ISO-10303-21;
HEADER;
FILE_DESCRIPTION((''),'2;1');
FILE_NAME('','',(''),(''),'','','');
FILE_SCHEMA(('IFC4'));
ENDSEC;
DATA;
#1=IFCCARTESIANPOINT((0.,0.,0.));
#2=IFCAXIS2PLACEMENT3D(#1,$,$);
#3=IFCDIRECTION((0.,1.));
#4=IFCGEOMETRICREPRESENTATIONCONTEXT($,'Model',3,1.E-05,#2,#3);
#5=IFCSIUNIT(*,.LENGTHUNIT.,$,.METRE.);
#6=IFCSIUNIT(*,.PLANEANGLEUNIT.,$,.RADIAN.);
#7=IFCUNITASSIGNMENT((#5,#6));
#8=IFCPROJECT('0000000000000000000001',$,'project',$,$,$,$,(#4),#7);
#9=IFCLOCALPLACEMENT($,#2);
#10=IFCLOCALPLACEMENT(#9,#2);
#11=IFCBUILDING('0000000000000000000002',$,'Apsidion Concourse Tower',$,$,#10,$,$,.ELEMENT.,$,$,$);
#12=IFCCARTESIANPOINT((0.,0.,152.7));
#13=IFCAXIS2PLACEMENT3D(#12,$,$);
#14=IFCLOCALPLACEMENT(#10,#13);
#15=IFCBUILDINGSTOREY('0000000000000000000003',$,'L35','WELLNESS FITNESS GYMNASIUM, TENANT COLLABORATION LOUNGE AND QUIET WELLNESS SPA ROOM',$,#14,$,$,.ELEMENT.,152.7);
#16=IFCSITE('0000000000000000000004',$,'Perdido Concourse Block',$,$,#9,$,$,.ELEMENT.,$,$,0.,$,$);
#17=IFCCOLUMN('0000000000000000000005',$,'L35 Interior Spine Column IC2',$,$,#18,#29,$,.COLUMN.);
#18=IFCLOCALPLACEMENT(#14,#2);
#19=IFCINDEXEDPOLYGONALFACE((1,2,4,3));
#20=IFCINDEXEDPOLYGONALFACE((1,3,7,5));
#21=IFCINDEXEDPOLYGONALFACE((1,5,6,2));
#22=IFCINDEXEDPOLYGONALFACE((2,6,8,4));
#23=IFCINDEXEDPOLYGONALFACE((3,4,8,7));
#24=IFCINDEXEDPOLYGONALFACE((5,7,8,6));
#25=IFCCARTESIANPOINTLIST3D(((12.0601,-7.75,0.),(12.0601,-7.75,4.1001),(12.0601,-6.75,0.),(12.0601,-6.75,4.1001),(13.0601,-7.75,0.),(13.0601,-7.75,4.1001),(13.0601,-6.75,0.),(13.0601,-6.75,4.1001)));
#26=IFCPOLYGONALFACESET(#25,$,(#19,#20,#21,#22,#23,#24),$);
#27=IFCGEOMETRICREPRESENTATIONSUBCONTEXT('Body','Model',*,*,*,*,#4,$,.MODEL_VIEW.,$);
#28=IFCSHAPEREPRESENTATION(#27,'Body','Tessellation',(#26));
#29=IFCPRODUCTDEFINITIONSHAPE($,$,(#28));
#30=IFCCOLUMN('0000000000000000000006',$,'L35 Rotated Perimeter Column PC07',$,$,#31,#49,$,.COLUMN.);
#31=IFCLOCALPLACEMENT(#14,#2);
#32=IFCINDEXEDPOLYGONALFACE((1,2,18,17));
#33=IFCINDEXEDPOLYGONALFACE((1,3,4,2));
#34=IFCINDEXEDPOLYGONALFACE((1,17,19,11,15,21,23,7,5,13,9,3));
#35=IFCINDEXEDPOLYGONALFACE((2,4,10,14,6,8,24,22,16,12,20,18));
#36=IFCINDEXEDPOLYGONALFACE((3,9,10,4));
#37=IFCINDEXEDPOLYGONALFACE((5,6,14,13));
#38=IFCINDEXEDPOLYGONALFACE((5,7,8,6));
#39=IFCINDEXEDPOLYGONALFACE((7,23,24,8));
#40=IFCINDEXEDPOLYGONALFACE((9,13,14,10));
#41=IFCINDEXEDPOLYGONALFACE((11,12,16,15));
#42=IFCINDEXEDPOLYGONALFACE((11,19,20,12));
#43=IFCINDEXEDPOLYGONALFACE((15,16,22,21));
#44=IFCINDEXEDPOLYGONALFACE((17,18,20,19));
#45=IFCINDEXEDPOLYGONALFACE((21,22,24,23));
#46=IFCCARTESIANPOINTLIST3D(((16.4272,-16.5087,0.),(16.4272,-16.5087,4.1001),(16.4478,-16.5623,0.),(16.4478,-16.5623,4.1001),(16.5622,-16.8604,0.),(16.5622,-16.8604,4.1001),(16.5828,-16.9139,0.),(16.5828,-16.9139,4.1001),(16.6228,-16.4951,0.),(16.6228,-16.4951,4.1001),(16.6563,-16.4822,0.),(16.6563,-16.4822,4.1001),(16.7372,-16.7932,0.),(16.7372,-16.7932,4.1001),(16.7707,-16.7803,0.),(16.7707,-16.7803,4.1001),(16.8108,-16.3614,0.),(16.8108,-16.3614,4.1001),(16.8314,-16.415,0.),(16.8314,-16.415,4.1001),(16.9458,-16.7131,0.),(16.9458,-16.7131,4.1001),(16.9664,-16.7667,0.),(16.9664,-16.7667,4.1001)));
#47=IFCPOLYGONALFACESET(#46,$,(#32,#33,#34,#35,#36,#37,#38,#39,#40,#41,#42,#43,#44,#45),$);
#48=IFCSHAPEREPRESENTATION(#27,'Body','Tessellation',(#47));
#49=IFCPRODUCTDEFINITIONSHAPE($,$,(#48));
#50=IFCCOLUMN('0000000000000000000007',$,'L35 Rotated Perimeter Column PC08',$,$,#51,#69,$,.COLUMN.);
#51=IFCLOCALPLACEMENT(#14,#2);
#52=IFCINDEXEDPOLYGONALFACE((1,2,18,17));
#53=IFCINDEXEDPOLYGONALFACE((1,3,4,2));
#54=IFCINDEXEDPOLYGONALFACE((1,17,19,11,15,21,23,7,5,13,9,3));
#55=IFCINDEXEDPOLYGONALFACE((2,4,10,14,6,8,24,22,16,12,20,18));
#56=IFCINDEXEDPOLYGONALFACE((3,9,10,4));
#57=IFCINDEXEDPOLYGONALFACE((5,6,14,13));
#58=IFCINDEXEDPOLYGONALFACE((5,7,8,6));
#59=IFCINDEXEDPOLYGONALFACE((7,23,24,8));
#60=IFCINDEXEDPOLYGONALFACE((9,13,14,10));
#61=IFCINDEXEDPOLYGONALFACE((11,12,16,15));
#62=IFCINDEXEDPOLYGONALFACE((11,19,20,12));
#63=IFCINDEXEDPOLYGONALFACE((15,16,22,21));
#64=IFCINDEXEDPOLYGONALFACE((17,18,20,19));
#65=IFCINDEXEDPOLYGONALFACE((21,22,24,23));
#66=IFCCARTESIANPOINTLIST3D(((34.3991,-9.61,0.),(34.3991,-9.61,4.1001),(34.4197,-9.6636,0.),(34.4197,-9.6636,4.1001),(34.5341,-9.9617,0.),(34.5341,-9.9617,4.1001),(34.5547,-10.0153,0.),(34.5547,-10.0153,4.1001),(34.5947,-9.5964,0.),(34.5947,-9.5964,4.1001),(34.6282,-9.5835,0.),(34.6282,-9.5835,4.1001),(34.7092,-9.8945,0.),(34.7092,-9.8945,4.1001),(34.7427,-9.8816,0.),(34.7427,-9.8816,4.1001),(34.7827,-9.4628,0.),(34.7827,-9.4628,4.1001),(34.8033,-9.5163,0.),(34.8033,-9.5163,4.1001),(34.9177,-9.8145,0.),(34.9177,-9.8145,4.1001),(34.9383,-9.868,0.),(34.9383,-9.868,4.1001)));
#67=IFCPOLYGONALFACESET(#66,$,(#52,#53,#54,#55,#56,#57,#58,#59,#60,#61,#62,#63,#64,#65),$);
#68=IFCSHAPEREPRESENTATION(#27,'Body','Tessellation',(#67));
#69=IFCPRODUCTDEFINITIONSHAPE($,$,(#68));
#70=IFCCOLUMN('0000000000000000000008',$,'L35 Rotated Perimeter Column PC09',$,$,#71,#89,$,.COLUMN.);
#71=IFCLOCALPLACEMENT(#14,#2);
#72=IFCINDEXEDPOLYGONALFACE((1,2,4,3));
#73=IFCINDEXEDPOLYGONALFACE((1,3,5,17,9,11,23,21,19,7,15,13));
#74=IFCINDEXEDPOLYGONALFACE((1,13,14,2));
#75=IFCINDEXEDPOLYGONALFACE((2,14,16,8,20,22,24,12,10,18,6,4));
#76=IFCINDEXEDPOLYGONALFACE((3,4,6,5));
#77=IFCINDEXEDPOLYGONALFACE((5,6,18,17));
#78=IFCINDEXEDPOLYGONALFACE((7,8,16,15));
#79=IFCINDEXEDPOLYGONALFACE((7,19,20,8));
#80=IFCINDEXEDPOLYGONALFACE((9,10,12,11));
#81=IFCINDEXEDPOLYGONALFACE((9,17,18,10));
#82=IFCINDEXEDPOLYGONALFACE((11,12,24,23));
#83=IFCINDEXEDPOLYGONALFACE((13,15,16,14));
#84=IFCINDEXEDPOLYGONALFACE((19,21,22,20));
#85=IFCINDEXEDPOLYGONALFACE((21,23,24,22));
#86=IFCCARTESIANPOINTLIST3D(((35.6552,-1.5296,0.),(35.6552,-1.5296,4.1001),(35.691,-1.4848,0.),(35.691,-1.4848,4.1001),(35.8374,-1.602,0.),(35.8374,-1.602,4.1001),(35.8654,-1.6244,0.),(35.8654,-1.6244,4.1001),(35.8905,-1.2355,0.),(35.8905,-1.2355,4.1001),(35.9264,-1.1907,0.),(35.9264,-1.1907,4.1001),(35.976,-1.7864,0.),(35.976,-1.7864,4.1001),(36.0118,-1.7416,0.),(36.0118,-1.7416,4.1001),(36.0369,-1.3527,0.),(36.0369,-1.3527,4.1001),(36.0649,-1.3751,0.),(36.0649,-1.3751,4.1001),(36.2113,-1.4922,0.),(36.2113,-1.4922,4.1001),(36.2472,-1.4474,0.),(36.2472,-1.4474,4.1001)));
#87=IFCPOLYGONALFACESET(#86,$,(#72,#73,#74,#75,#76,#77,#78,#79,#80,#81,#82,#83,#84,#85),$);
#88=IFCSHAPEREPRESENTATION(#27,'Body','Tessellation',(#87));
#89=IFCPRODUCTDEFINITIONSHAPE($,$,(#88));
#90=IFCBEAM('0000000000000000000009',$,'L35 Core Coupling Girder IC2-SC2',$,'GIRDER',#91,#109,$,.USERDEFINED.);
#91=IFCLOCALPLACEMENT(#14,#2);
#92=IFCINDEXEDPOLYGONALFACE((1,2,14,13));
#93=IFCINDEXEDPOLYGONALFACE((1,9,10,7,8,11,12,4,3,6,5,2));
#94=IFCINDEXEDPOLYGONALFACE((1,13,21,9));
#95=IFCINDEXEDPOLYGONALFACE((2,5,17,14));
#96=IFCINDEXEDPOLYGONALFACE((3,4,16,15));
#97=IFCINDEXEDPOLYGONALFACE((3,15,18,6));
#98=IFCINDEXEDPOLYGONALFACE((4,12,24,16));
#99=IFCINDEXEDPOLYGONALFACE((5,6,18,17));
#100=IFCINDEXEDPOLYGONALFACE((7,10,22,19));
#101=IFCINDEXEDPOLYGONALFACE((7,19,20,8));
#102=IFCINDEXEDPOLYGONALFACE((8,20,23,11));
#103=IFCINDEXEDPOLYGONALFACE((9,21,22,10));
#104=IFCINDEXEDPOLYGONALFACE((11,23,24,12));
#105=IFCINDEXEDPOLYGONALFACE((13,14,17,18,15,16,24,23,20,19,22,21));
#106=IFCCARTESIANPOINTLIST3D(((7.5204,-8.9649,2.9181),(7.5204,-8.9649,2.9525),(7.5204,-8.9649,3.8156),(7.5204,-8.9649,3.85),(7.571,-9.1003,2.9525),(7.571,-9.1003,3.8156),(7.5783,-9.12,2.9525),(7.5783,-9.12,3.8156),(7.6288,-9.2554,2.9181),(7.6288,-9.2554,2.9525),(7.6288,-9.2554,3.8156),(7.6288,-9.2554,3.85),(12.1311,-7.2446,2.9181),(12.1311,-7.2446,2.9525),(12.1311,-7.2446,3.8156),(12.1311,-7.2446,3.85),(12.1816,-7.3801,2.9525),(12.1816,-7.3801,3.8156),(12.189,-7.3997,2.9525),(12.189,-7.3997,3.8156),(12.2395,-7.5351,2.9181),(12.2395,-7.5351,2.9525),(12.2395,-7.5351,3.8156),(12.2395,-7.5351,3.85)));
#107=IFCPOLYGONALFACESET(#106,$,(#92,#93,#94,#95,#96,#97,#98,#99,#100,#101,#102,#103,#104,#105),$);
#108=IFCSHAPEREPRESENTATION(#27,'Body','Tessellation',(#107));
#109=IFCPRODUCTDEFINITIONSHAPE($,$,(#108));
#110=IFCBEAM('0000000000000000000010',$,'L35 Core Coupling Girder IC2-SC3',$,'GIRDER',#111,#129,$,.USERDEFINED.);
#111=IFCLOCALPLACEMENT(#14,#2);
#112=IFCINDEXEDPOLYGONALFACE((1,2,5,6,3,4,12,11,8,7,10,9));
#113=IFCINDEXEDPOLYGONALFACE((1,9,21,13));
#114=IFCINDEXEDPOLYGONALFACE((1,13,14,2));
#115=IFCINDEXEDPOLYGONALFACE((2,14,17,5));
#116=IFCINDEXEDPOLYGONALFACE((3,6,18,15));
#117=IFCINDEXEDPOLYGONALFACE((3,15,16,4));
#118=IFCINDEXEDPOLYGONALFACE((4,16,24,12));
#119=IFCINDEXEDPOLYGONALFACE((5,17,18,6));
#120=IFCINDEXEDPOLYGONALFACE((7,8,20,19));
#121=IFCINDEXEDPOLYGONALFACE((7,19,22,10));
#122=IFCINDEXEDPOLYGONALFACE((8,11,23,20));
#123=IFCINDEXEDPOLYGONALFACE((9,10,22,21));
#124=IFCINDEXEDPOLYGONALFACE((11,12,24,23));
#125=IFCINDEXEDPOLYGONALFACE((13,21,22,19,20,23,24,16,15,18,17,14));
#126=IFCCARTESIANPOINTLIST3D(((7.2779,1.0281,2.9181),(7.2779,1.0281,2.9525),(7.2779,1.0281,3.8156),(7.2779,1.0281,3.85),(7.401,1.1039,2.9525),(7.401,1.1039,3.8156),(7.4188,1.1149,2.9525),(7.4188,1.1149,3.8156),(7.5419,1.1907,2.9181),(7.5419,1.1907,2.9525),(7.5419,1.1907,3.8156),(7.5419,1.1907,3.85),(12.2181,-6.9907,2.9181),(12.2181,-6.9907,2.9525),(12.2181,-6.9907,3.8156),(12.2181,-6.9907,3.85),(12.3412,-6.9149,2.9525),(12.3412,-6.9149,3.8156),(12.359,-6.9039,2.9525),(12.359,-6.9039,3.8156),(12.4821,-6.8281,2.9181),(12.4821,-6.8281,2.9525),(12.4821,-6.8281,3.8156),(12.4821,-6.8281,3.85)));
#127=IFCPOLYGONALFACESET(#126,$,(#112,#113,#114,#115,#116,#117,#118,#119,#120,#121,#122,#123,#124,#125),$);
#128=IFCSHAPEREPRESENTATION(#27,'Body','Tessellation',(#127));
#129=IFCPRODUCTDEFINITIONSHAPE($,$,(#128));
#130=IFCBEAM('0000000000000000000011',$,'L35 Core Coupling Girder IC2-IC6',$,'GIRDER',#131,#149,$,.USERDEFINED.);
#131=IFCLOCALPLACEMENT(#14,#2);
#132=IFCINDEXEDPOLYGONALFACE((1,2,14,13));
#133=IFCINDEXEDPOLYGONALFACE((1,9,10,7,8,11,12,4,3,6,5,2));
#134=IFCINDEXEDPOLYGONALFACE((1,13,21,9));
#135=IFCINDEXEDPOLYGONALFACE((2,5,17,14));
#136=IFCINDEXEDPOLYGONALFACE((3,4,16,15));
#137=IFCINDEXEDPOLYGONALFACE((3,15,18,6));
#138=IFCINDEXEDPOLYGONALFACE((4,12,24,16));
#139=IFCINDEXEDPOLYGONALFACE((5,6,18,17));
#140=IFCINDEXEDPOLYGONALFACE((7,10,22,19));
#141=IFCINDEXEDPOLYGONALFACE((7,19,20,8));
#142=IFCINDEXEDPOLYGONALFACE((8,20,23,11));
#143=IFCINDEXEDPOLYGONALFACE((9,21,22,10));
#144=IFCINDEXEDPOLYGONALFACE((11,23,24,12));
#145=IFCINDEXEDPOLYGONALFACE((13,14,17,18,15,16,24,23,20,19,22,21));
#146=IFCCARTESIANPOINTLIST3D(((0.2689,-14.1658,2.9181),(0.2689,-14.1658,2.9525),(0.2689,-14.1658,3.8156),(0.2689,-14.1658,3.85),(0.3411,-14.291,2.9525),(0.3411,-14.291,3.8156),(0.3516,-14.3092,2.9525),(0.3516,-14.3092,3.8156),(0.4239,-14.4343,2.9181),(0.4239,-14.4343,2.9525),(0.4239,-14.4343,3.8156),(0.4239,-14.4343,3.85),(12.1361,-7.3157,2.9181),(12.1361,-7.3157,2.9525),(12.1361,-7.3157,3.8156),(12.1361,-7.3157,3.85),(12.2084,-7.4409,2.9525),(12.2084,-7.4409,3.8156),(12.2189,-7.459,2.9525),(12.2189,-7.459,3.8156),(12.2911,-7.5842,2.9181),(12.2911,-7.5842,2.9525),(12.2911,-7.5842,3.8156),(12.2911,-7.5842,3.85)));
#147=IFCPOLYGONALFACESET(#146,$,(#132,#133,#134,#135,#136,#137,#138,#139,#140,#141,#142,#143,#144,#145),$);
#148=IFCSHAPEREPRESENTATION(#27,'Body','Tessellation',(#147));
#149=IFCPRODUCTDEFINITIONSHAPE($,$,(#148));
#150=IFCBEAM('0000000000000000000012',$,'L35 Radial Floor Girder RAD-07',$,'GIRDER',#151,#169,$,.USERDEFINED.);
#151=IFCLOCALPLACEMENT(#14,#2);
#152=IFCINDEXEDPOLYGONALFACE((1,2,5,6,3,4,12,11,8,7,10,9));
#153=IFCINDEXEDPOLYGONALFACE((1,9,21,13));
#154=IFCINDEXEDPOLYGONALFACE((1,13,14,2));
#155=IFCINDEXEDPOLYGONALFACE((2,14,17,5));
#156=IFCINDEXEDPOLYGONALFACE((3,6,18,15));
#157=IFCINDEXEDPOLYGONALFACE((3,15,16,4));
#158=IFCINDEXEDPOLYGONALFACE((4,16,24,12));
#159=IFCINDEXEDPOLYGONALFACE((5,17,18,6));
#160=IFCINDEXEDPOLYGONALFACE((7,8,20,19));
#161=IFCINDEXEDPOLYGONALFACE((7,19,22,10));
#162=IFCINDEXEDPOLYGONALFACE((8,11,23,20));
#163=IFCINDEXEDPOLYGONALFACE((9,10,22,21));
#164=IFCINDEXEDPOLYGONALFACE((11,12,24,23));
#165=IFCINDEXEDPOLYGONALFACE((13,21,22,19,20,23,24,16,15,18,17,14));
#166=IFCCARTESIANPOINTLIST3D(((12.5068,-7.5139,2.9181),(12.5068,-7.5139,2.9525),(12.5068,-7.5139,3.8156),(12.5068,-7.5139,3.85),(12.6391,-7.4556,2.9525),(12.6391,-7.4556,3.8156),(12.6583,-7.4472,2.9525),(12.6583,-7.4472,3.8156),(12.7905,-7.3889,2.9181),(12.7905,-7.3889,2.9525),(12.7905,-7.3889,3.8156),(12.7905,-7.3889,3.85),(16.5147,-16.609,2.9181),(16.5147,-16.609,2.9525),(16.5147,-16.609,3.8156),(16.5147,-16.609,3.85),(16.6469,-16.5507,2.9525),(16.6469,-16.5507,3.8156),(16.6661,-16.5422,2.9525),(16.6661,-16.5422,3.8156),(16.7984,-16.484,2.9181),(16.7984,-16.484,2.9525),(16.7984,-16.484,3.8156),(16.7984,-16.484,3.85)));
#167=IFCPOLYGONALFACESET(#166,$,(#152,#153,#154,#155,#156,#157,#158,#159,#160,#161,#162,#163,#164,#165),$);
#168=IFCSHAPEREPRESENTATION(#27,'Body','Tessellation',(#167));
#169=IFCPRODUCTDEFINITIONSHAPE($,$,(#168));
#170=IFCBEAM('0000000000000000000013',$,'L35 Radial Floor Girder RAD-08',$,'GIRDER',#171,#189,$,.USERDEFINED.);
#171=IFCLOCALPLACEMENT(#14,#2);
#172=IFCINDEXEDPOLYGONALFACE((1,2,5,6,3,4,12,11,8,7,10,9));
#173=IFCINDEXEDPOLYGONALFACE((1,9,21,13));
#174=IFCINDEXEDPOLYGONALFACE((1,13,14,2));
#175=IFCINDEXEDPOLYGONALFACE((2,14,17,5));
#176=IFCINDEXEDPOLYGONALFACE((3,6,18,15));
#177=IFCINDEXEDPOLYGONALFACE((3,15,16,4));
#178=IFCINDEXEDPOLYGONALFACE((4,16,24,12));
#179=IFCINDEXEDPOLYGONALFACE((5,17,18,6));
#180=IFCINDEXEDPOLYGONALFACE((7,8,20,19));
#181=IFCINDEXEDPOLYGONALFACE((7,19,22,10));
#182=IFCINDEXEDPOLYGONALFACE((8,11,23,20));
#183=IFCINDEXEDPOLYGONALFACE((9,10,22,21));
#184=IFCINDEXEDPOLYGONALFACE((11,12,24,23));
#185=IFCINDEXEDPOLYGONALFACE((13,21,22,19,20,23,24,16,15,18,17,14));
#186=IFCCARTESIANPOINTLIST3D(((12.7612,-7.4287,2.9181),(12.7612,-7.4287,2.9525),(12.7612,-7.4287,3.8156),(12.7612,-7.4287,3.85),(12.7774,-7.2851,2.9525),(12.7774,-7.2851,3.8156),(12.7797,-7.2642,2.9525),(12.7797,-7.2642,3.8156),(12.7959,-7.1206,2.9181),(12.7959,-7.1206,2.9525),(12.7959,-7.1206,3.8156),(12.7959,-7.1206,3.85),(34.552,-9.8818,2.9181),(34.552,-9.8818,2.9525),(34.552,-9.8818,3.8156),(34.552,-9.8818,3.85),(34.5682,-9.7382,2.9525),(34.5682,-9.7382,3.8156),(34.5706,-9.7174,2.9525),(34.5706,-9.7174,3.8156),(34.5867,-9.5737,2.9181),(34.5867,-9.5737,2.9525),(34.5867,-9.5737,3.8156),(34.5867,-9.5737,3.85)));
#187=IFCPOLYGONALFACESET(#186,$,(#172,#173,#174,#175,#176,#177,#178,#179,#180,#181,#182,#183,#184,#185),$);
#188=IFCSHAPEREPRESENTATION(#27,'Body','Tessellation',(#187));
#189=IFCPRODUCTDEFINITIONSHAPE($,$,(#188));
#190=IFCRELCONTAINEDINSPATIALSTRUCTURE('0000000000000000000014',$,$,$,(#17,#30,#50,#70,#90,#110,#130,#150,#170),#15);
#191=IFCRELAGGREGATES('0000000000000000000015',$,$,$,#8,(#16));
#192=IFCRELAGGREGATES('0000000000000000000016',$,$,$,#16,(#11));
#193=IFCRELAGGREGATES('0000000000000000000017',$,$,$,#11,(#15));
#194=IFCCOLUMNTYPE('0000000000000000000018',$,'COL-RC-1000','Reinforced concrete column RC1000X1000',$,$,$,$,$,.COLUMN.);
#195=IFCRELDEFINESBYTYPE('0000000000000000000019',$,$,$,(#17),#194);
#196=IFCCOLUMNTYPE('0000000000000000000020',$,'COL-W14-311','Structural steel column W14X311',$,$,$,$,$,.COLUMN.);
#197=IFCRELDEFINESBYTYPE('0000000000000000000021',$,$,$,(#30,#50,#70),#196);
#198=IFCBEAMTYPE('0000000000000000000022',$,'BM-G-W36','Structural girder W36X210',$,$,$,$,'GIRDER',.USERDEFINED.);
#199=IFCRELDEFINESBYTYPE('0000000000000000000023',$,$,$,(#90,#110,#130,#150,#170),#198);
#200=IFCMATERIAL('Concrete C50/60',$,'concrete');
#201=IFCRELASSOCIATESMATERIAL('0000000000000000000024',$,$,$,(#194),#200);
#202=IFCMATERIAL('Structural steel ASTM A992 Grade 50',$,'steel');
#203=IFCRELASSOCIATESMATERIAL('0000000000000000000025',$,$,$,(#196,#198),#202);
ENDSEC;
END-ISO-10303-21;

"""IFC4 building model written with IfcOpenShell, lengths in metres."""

from ifc_helpers import new_model, si_unit, direction, frame, origin, origin_2d, place, context, subcontext, project, spatial, rectangle, i_section, extrude, material, material_profile, profile_set, type_object, element, save


model = new_model("IFC4")

# Units and contexts
model_context = context("Model", 3, precision=1e-05, world=origin(), true_north=direction((0.0, 1.0)))
body_context = subcontext(model_context, "Body", "Model", "MODEL_VIEW")
ifc_project = project(units=[si_unit("LENGTHUNIT", "METRE"), si_unit("PLANEANGLEUNIT", "RADIAN")], contexts=[model_context])

# Site, building, storey
site_placement = place(None, origin())
site = spatial("IfcSite", under=ifc_project, at=site_placement, Name="Perdido Concourse Block", CompositionType="ELEMENT", RefElevation=0.0)
building_placement = place(site_placement, origin())
building = spatial("IfcBuilding", under=site, at=building_placement, Name="Apsidion Concourse Tower", CompositionType="ELEMENT")
storey_placement = place(building_placement, frame((0.0, 0.0, 152.7)))
storey = spatial("IfcBuildingStorey", under=building, at=storey_placement, Name="L35", Description="WELLNESS FITNESS GYMNASIUM, TENANT COLLABORATION LOUNGE AND QUIET WELLNESS SPA ROOM", CompositionType="ELEMENT", Elevation=152.7)

# Columns
ifc_material_1 = material(Name="Concrete C50/60", Category="concrete")
ifc_material_profile_1 = material_profile(ifc_material_1, rectangle(XDim=1.0, YDim=1.0, at=origin_2d()), Name="RC 1000x1000")
ifc_profile_set_1 = profile_set([ifc_material_profile_1], Name="Concrete C50/60")
column_type_1 = type_object("IfcColumnType", Name="COL-RC-1000", Description="Reinforced concrete column RC1000X1000", PredefinedType="COLUMN", material=ifc_profile_set_1)
column_placement = place(storey_placement, frame((12.5601, -7.25, 0.0), z_axis=(0.0, 0.0, 1.0), x_axis=(1.0, 0.0, 0.0)))
element("IfcColumn", 1, at=column_placement, inside=storey, type_object=column_type_1, Name="L35 Interior Spine Column IC2", PredefinedType="COLUMN", context=body_context, shape_type="SweptSolid", body=[
    extrude(rectangle(XDim=1.0, YDim=1.0, at=origin_2d()), origin(), (0.0, 0.0, 1.0), 4.1001),
])
ifc_material_2 = material(Name="Structural steel ASTM A992 Grade 50", Category="steel")
ifc_material_profile_2 = material_profile(ifc_material_2, i_section(OverallWidth=0.4109, OverallDepth=0.4341, WebThickness=0.0359, FlangeThickness=0.0574, at=origin_2d()), Name="W14X311")
ifc_profile_set_2 = profile_set([ifc_material_profile_2], Name="Structural steel ASTM A992 Grade 50")
column_type_2 = type_object("IfcColumnType", Name="COL-W14-311", Description="Structural steel column W14X311", PredefinedType="COLUMN", material=ifc_profile_set_2)
for number, where, z_axis, x_axis, name in (
    (2, (16.6968, -16.6377, 0.0), (0.0, 0.0, 1.0), (0.93358, 0.358368, 0.0), "L35 Rotated Perimeter Column PC07"),
    (3, (34.6687, -9.739, 0.0), (0.0, 0.0, 1.0), (0.93358, 0.358368, 0.0), "L35 Rotated Perimeter Column PC08"),
    (4, (35.9512, -1.4885, 0.0), (0.0, 0.0, 1.0), (-0.780758, 0.624834, 0.0), "L35 Rotated Perimeter Column PC09"),
):
    element("IfcColumn", number, at=place(storey_placement, frame(where, z_axis=z_axis, x_axis=x_axis)), inside=storey, type_object=column_type_2, Name=name, PredefinedType="COLUMN", context=body_context, shape_type="SweptSolid", body=[
        extrude(i_section(OverallWidth=0.4109, OverallDepth=0.4341, WebThickness=0.0359, FlangeThickness=0.0574, at=origin_2d()), origin(), (0.0, 0.0, 1.0), 4.1001),
    ])

# Beams
ifc_material_profile_3 = material_profile(ifc_material_2, i_section(OverallWidth=0.3101, OverallDepth=0.9319, WebThickness=0.021, FlangeThickness=0.0344, at=origin_2d()), Name="W36X210")
ifc_profile_set_3 = profile_set([ifc_material_profile_3], Name="Structural steel ASTM A992 Grade 50")
beam_type_1 = type_object("IfcBeamType", Name="BM-G-W36", Description="Structural girder W36X210", ElementType="GIRDER", PredefinedType="USERDEFINED", material=ifc_profile_set_3)
beam_1_placement = place(storey_placement, frame((12.1853, -7.3899, 3.384), z_axis=(-0.936913, -0.349563, 0.0), x_axis=(0.349563, -0.936913, 0.0)))
element("IfcBeam", 5, at=beam_1_placement, inside=storey, type_object=beam_type_1, Name="L35 Core Coupling Girder IC2-SC2", ObjectType="GIRDER", PredefinedType="USERDEFINED", context=body_context, shape_type="SweptSolid", body=[
    extrude(i_section(OverallWidth=0.3101, OverallDepth=0.9319, WebThickness=0.021, FlangeThickness=0.0344, at=origin_2d()), origin(), (0.0, 0.0, 1.0), 4.9211),
])
beam_2_placement = place(storey_placement, frame((12.3501, -6.9094, 3.384), z_axis=(-0.524524, 0.851396, 0.0), x_axis=(-0.851396, -0.524524, 0.0)))
element("IfcBeam", 6, at=beam_2_placement, inside=storey, type_object=beam_type_1, Name="L35 Core Coupling Girder IC2-SC3", ObjectType="GIRDER", PredefinedType="USERDEFINED", context=body_context, shape_type="SweptSolid", body=[
    extrude(i_section(OverallWidth=0.3101, OverallDepth=0.9319, WebThickness=0.021, FlangeThickness=0.0344, at=origin_2d()), origin(), (0.0, 0.0, 1.0), 9.4185),
])
beam_3_placement = place(storey_placement, frame((12.2136, -7.45, 3.384), z_axis=(-0.86607, -0.499922, 0.0), x_axis=(0.499922, -0.86607, 0.0)))
element("IfcBeam", 7, at=beam_3_placement, inside=storey, type_object=beam_type_1, Name="L35 Core Coupling Girder IC2-IC6", ObjectType="GIRDER", PredefinedType="USERDEFINED", context=body_context, shape_type="SweptSolid", body=[
    extrude(i_section(OverallWidth=0.3101, OverallDepth=0.9319, WebThickness=0.021, FlangeThickness=0.0344, at=origin_2d()), origin(), (0.0, 0.0, 1.0), 13.7024),
])
beam_4_placement = place(storey_placement, frame((12.6487, -7.4514, 3.384), z_axis=(0.403246, -0.915091, 0.0), x_axis=(0.915091, 0.403246, 0.0)))
element("IfcBeam", 8, at=beam_4_placement, inside=storey, type_object=beam_type_1, Name="L35 Radial Floor Girder RAD-07", ObjectType="GIRDER", PredefinedType="USERDEFINED", context=body_context, shape_type="SweptSolid", body=[
    extrude(i_section(OverallWidth=0.3101, OverallDepth=0.9319, WebThickness=0.021, FlangeThickness=0.0344, at=origin_2d()), origin(), (0.0, 0.0, 1.0), 9.939),
])
beam_5_placement = place(storey_placement, frame((12.7786, -7.2747, 3.384), z_axis=(0.993723, -0.11187, 0.0), x_axis=(0.11187, 0.993723, 0.0)))
element("IfcBeam", 9, at=beam_5_placement, inside=storey, type_object=beam_type_1, Name="L35 Radial Floor Girder RAD-08", ObjectType="GIRDER", PredefinedType="USERDEFINED", context=body_context, shape_type="SweptSolid", body=[
    extrude(i_section(OverallWidth=0.3101, OverallDepth=0.9319, WebThickness=0.021, FlangeThickness=0.0344, at=origin_2d()), origin(), (0.0, 0.0, 1.0), 21.9285),
])

save(model, "model.ifc")
